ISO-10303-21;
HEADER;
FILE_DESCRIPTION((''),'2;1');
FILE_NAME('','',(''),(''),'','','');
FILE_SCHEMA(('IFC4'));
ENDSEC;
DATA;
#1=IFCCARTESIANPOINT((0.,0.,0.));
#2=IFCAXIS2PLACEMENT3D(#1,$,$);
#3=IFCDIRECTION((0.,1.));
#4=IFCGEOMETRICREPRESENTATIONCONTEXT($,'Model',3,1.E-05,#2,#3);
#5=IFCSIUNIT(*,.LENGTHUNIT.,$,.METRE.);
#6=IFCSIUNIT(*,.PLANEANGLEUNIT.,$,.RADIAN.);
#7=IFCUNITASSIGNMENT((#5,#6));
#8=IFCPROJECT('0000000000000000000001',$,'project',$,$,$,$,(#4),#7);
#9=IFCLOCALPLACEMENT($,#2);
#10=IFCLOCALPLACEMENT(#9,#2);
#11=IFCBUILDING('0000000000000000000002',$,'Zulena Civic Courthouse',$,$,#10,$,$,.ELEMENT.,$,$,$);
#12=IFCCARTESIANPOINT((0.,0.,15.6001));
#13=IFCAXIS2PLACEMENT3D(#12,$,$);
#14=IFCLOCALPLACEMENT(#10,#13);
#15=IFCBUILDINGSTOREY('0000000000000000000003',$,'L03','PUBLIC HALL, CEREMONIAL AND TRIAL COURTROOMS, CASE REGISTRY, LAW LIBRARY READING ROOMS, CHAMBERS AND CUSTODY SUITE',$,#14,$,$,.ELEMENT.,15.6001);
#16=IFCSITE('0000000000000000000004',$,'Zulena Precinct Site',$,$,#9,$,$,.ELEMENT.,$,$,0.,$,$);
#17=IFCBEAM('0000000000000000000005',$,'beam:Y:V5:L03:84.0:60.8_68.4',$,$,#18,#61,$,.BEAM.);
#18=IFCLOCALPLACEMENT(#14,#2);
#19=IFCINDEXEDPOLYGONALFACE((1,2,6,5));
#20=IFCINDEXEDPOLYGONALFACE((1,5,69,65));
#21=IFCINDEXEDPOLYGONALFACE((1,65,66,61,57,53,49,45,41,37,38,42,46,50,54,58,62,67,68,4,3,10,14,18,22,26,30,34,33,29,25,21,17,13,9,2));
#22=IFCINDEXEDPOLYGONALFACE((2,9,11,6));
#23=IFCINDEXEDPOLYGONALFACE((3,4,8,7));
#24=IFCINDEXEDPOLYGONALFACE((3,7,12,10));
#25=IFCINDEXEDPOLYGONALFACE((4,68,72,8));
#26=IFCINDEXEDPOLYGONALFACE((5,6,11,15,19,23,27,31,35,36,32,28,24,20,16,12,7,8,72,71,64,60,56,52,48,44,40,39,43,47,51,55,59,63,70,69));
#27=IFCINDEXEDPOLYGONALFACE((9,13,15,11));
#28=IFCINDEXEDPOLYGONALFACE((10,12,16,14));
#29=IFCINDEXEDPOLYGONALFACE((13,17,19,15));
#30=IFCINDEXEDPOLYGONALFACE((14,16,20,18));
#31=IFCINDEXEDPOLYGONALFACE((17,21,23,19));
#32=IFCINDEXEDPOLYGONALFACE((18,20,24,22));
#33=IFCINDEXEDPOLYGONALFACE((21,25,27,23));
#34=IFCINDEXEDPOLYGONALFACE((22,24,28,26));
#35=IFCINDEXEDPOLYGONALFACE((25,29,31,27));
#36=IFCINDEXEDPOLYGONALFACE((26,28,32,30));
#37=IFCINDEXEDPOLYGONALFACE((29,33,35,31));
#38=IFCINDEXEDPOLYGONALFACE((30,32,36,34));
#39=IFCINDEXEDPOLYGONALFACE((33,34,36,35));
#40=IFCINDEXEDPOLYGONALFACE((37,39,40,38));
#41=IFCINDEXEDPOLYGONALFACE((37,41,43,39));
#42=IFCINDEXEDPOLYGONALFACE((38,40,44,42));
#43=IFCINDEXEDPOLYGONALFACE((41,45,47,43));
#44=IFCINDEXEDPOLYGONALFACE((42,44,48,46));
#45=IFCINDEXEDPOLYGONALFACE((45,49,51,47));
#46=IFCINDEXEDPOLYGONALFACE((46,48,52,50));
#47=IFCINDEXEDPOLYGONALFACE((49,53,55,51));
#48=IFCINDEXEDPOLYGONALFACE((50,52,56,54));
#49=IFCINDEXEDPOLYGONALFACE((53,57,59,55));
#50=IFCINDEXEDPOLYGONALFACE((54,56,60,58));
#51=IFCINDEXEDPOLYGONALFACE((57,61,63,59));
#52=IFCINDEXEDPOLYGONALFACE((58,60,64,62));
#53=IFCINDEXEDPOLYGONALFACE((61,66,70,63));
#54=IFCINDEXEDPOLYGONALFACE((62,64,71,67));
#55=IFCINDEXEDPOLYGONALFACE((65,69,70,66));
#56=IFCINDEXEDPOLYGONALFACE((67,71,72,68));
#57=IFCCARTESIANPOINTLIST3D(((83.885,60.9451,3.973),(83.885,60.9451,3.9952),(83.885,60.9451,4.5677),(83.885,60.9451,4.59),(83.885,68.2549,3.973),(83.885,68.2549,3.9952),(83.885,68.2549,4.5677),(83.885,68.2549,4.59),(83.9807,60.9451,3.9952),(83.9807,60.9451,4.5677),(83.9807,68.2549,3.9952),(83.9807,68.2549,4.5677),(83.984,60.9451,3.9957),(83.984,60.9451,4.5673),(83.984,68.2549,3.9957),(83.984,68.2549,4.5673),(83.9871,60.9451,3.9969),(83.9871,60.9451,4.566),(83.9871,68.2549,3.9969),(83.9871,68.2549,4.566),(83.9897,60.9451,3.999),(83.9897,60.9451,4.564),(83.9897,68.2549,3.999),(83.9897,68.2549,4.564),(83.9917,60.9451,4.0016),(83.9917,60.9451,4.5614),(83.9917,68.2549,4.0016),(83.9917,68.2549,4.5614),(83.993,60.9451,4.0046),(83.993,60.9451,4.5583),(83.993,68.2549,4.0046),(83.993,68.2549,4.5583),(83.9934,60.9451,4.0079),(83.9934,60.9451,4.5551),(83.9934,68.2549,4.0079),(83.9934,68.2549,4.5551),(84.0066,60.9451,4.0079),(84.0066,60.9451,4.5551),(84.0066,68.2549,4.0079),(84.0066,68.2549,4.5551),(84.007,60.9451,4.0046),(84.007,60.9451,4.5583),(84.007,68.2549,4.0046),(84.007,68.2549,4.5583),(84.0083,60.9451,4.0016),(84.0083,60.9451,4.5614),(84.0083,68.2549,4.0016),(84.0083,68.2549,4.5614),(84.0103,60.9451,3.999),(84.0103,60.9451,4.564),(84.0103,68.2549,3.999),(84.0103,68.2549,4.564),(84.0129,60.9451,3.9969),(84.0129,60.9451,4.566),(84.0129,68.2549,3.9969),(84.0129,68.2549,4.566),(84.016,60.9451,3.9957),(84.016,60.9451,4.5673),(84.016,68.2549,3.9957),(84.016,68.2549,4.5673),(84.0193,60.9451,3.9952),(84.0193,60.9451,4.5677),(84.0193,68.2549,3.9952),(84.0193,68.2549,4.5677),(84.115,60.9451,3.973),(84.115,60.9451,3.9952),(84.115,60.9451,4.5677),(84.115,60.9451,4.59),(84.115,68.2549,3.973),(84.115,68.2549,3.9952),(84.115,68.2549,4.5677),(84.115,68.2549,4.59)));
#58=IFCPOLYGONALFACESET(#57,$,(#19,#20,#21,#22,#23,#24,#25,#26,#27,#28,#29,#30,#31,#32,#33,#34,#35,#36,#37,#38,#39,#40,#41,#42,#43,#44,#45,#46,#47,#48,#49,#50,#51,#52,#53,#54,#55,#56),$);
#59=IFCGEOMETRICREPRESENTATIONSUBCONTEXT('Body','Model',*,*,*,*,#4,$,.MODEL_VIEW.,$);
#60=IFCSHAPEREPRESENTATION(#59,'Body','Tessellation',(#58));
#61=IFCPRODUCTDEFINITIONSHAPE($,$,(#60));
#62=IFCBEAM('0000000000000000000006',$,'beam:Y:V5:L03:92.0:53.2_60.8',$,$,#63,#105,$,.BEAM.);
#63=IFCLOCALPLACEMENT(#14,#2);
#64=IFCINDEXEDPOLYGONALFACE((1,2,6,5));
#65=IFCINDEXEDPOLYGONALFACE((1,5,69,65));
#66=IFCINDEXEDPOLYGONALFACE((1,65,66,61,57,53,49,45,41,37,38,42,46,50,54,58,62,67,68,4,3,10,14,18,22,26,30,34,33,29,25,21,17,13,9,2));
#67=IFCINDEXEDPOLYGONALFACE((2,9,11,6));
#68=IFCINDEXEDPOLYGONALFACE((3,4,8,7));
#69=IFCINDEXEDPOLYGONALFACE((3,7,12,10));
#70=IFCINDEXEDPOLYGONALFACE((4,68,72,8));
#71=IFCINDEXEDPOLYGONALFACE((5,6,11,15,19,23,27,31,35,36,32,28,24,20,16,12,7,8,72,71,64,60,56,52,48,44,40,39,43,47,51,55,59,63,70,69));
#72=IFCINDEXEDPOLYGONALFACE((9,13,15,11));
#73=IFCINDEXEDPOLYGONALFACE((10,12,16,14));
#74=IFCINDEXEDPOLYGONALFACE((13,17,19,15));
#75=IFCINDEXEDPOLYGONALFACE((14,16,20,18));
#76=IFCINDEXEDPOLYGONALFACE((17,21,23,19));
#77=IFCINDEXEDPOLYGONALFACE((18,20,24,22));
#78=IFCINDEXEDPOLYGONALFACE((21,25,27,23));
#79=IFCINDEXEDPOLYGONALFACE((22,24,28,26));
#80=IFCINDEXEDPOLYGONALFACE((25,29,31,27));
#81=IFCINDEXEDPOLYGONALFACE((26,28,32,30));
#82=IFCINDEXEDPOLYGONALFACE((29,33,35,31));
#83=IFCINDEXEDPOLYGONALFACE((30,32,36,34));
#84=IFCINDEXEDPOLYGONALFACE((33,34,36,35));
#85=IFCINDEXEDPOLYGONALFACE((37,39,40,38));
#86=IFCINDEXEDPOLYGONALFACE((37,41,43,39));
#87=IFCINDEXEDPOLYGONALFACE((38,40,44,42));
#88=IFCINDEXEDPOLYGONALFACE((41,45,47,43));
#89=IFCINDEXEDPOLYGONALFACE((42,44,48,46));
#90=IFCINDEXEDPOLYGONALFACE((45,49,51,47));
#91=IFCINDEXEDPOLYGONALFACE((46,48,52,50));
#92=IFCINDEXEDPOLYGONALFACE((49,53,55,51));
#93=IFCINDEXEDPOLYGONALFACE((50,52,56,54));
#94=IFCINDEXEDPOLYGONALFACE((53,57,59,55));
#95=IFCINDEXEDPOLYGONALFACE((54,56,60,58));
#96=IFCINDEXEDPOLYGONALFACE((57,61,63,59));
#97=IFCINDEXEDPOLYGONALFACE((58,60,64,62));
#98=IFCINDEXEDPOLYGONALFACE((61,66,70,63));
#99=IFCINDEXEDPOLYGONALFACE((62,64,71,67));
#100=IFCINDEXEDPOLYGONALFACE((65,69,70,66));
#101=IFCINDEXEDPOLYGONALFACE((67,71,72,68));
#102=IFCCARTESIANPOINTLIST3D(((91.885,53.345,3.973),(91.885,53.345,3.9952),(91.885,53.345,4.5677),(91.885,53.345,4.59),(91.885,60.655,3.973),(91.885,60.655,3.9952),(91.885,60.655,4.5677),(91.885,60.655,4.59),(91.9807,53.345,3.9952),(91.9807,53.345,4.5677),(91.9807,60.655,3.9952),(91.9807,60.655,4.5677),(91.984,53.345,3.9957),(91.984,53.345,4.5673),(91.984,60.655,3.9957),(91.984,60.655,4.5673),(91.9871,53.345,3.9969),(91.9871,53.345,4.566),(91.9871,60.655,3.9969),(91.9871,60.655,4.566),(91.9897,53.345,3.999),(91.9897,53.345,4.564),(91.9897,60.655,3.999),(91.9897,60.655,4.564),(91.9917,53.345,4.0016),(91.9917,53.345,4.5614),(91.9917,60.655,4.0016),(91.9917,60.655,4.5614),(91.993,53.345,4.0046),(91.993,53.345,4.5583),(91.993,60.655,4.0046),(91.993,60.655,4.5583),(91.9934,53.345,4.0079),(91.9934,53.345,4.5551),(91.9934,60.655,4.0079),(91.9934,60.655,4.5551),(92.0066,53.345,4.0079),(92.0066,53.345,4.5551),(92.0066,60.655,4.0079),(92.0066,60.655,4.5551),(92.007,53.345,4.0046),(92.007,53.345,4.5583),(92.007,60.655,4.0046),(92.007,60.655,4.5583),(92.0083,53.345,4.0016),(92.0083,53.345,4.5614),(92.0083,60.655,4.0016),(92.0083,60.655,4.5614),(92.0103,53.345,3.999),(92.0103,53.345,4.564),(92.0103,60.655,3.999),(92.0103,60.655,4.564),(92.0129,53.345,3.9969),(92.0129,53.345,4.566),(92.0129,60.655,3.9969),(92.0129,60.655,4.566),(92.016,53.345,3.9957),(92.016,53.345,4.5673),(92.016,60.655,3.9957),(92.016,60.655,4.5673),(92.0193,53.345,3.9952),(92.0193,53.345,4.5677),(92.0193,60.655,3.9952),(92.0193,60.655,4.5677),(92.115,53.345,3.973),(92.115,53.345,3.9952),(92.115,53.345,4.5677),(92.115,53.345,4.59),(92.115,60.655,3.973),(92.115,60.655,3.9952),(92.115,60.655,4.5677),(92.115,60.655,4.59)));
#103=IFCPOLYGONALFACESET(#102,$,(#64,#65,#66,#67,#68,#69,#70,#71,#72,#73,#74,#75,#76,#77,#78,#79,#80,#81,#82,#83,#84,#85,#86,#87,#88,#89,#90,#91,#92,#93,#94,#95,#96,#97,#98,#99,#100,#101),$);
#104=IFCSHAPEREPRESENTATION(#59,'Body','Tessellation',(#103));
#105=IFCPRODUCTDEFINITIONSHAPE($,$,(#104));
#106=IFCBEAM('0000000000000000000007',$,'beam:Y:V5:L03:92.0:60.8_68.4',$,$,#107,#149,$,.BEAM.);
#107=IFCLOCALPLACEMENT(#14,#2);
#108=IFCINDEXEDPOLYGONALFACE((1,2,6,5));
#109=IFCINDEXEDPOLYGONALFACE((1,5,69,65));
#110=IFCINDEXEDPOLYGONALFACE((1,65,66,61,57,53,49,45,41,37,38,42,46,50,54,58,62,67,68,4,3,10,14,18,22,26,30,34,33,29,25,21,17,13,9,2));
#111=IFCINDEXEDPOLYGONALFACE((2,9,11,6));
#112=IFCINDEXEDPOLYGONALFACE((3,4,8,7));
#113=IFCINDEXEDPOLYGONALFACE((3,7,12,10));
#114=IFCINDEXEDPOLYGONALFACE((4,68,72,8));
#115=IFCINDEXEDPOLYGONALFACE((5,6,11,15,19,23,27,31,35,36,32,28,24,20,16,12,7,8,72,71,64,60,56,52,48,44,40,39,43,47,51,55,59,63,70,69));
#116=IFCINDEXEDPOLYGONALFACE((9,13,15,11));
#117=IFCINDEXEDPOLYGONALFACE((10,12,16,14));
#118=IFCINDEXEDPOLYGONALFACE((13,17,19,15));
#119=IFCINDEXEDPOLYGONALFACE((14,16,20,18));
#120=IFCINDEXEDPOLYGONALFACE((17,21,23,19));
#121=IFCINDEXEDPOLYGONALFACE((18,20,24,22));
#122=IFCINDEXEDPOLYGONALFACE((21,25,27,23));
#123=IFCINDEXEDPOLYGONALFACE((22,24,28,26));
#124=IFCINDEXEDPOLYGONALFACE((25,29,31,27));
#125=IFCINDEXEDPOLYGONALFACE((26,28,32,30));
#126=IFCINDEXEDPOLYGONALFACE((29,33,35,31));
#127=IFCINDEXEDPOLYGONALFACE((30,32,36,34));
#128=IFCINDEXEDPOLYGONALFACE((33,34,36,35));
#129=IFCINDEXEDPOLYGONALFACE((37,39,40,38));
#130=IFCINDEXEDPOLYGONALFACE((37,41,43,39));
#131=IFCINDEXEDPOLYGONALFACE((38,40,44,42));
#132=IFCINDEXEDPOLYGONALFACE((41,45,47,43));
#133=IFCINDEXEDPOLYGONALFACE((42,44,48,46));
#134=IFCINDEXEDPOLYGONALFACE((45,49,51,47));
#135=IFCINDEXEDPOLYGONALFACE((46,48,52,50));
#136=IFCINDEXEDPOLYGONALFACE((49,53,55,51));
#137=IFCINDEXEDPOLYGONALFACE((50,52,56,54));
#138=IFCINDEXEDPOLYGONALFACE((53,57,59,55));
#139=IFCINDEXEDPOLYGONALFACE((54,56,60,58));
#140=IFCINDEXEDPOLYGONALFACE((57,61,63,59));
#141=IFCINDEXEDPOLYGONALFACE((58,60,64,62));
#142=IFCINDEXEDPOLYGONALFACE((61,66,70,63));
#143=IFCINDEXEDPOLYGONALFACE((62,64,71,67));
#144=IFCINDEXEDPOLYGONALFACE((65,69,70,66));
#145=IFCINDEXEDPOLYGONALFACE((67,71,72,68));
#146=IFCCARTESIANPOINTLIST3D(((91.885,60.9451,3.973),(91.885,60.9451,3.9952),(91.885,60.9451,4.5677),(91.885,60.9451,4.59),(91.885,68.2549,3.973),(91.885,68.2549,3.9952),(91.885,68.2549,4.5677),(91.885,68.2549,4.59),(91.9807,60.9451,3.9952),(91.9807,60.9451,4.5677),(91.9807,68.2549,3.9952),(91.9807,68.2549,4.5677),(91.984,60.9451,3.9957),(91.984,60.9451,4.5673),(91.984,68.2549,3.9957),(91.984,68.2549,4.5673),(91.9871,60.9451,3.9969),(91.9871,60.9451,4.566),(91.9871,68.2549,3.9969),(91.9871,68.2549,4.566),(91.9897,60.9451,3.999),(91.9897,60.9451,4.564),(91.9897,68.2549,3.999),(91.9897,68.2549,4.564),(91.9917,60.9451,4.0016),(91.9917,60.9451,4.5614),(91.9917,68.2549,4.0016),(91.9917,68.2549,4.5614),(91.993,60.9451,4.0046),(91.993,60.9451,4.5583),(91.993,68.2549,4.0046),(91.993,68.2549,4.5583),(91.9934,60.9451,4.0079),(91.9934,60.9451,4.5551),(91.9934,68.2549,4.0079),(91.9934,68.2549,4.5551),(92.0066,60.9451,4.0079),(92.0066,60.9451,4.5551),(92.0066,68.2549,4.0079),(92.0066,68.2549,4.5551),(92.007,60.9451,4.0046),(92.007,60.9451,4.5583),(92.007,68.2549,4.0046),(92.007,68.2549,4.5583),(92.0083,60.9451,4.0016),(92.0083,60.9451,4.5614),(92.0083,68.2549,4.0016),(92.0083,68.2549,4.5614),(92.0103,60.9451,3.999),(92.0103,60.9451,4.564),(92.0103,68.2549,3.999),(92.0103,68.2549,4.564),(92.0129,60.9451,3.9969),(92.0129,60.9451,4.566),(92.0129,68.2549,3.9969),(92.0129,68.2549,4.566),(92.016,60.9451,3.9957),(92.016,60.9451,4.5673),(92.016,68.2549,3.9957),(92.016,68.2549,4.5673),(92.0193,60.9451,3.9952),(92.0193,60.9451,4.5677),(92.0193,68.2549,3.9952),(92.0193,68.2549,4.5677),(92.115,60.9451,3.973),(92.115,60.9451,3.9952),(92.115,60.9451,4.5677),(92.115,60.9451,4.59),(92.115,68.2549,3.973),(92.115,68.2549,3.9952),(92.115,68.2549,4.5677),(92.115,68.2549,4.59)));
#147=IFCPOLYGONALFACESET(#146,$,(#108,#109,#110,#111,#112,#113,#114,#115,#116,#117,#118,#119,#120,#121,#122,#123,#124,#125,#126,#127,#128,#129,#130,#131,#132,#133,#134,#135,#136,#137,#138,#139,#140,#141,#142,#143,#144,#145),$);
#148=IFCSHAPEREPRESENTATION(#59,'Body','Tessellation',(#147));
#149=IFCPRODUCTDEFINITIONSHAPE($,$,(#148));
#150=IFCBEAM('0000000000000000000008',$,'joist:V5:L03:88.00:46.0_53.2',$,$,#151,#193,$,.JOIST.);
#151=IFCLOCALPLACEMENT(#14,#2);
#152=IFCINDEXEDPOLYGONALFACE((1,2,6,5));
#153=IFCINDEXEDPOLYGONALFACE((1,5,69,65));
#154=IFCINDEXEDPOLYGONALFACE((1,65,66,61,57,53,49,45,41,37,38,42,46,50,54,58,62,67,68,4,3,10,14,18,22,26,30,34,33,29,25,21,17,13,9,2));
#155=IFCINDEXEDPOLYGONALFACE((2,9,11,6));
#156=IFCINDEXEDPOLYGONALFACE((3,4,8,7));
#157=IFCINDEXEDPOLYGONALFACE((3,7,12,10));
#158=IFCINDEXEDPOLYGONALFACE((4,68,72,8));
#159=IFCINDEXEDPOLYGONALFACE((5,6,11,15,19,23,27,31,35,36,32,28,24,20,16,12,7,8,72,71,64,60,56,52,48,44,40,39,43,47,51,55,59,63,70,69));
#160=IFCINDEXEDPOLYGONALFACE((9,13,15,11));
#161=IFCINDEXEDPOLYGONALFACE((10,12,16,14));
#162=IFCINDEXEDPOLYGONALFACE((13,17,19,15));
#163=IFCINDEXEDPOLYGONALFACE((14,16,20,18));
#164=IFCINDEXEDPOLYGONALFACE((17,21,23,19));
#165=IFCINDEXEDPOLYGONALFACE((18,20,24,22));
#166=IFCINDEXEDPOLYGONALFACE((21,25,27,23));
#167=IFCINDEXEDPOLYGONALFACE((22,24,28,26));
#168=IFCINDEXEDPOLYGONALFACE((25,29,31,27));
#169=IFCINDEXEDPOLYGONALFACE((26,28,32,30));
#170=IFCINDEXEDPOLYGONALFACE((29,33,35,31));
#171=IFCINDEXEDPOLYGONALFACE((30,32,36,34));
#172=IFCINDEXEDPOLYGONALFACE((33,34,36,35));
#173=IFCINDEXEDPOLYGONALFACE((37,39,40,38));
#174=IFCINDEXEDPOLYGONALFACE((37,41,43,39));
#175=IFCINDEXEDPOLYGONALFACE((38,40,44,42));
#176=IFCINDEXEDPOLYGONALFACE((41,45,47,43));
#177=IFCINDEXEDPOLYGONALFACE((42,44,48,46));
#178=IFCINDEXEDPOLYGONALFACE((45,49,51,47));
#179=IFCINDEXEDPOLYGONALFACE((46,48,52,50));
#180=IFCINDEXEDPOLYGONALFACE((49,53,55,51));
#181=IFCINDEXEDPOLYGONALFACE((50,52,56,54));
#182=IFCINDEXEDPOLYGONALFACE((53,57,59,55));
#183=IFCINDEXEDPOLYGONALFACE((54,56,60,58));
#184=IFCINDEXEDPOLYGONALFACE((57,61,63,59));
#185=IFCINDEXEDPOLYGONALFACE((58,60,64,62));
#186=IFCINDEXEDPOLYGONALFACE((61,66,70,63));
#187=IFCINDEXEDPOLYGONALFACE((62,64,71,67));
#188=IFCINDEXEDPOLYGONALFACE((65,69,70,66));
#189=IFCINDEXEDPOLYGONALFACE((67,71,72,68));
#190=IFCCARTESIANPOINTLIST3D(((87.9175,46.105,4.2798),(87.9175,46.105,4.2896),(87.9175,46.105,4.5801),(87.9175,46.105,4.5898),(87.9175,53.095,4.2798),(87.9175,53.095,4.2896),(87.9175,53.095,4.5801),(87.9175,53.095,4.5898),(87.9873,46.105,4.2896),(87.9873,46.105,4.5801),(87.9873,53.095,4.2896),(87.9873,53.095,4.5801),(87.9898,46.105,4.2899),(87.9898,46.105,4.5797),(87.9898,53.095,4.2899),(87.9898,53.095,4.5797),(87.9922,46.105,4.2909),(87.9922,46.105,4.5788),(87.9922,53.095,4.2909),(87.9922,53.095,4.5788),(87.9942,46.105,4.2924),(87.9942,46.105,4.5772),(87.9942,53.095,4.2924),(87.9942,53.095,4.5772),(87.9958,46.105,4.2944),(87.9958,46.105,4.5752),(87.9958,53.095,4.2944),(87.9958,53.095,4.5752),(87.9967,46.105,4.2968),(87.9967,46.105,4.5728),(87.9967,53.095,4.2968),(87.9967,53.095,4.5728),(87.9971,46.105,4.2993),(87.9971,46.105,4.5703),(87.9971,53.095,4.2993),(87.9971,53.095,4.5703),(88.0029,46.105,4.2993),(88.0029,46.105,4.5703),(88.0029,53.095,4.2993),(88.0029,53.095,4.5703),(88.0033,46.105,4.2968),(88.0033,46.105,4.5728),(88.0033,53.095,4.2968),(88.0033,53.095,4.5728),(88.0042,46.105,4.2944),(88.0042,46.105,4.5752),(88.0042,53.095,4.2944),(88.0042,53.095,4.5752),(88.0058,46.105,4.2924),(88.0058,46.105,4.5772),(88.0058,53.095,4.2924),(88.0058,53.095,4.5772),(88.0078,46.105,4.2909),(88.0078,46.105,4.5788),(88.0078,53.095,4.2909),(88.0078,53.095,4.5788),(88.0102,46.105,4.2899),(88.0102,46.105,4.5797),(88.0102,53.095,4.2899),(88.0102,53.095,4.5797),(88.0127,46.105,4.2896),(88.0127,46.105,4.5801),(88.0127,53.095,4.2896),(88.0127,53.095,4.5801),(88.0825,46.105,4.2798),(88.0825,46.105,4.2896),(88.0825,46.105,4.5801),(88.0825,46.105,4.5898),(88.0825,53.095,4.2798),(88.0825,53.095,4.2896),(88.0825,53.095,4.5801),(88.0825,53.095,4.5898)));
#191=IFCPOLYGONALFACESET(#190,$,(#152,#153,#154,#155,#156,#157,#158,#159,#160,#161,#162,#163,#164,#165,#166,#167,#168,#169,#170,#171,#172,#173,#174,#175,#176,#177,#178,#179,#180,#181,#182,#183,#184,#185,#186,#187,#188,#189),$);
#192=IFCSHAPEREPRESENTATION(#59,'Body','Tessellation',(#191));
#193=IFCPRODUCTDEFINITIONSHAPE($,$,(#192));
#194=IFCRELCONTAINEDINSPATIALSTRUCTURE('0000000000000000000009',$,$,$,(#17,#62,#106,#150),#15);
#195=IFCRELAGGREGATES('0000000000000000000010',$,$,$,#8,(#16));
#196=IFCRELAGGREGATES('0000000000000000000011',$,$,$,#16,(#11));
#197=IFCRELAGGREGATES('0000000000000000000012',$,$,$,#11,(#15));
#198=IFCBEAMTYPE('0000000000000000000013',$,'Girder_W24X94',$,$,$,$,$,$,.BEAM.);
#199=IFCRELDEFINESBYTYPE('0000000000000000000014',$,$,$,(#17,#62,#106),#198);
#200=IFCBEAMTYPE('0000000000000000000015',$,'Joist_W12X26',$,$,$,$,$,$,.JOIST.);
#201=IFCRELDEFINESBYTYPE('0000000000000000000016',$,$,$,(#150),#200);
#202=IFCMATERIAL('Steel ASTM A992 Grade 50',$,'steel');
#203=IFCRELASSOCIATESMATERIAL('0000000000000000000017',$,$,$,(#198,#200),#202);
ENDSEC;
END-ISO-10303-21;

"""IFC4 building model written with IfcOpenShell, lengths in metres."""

from ifc_helpers import new_model, si_unit, direction, frame, origin, origin_2d, place, context, subcontext, project, spatial, i_section, extrude, material, material_profile, profile_set, type_object, element, save


model = new_model("IFC4")

# Units and contexts
model_context = context("Model", 3, precision=1e-05, world=origin(), true_north=direction((0.0, 1.0)))
body_context = subcontext(model_context, "Body", "Model", "MODEL_VIEW")
ifc_project = project(units=[si_unit("LENGTHUNIT", "METRE"), si_unit("PLANEANGLEUNIT", "RADIAN")], contexts=[model_context])

# Site, building, storey
site_placement = place(None, origin())
site = spatial("IfcSite", under=ifc_project, at=site_placement, Name="Zulena Precinct Site", CompositionType="ELEMENT", RefElevation=0.0)
building_placement = place(site_placement, origin())
building = spatial("IfcBuilding", under=site, at=building_placement, Name="Zulena Civic Courthouse", CompositionType="ELEMENT")
storey_placement = place(building_placement, frame((0.0, 0.0, 15.6001)))
storey = spatial("IfcBuildingStorey", under=building, at=storey_placement, Name="L03", Description="PUBLIC HALL, CEREMONIAL AND TRIAL COURTROOMS, CASE REGISTRY, LAW LIBRARY READING ROOMS, CHAMBERS AND CUSTODY SUITE", CompositionType="ELEMENT", Elevation=15.6001)

# Shared definitions
ifc_material_1 = material(Name="Steel ASTM A992 Grade 50", Category="steel")

# Beams
ifc_material_profile_1 = material_profile(ifc_material_1, i_section(OverallWidth=0.23, OverallDepth=0.6169, WebThickness=0.0132, FlangeThickness=0.0222, FilletRadius=0.0127, at=origin_2d()), Name="W24X94")
ifc_profile_set_1 = profile_set([ifc_material_profile_1], Name="Steel ASTM A992 Grade 50")
beam_type_1 = type_object("IfcBeamType", Name="Girder_W24X94", PredefinedType="BEAM", material=ifc_profile_set_1)
beam_1_placement = place(storey_placement, frame((84.0, 60.9451, 4.2815), z_axis=(0.0, 1.0, 0.0), x_axis=(-1.0, 0.0, 0.0)))
element("IfcBeam", 1, at=beam_1_placement, inside=storey, type_object=beam_type_1, Name="beam:Y:V5:L03:84.0:60.8_68.4", PredefinedType="BEAM", context=body_context, shape_type="SweptSolid", body=[
    extrude(i_section(OverallWidth=0.23, OverallDepth=0.6169, WebThickness=0.0132, FlangeThickness=0.0222, FilletRadius=0.0127, at=origin_2d()), origin(), (0.0, 0.0, 1.0), 7.3098),
])
beam_2_placement = place(storey_placement, frame((92.0, 53.345, 4.2815), z_axis=(0.0, 1.0, 0.0), x_axis=(-1.0, 0.0, 0.0)))
element("IfcBeam", 2, at=beam_2_placement, inside=storey, type_object=beam_type_1, Name="beam:Y:V5:L03:92.0:53.2_60.8", PredefinedType="BEAM", context=body_context, shape_type="SweptSolid", body=[
    extrude(i_section(OverallWidth=0.23, OverallDepth=0.6169, WebThickness=0.0132, FlangeThickness=0.0222, FilletRadius=0.0127, at=origin_2d()), origin(), (0.0, 0.0, 1.0), 7.3101),
])
beam_3_placement = place(storey_placement, frame((92.0, 60.9451, 4.2815), z_axis=(0.0, 1.0, 0.0), x_axis=(-1.0, 0.0, 0.0)))
element("IfcBeam", 3, at=beam_3_placement, inside=storey, type_object=beam_type_1, Name="beam:Y:V5:L03:92.0:60.8_68.4", PredefinedType="BEAM", context=body_context, shape_type="SweptSolid", body=[
    extrude(i_section(OverallWidth=0.23, OverallDepth=0.6169, WebThickness=0.0132, FlangeThickness=0.0222, FilletRadius=0.0127, at=origin_2d()), origin(), (0.0, 0.0, 1.0), 7.3098),
])
ifc_material_profile_2 = material_profile(ifc_material_1, i_section(OverallWidth=0.165, OverallDepth=0.3101, WebThickness=0.0059, FlangeThickness=0.0098, FilletRadius=0.0098, at=origin_2d()), Name="W12X26")
ifc_profile_set_2 = profile_set([ifc_material_profile_2], Name="Steel ASTM A992 Grade 50")
beam_type_2 = type_object("IfcBeamType", Name="Joist_W12X26", PredefinedType="JOIST", material=ifc_profile_set_2)
beam_4_placement = place(storey_placement, frame((88.0, 46.105, 4.4348), z_axis=(0.0, 1.0, 0.0), x_axis=(-1.0, 0.0, 0.0)))
element("IfcBeam", 4, at=beam_4_placement, inside=storey, type_object=beam_type_2, Name="joist:V5:L03:88.00:46.0_53.2", PredefinedType="JOIST", context=body_context, shape_type="SweptSolid", body=[
    extrude(i_section(OverallWidth=0.165, OverallDepth=0.3101, WebThickness=0.0059, FlangeThickness=0.0098, FilletRadius=0.0098, at=origin_2d()), origin(), (0.0, 0.0, 1.0), 6.99),
])

save(model, "model.ifc")
